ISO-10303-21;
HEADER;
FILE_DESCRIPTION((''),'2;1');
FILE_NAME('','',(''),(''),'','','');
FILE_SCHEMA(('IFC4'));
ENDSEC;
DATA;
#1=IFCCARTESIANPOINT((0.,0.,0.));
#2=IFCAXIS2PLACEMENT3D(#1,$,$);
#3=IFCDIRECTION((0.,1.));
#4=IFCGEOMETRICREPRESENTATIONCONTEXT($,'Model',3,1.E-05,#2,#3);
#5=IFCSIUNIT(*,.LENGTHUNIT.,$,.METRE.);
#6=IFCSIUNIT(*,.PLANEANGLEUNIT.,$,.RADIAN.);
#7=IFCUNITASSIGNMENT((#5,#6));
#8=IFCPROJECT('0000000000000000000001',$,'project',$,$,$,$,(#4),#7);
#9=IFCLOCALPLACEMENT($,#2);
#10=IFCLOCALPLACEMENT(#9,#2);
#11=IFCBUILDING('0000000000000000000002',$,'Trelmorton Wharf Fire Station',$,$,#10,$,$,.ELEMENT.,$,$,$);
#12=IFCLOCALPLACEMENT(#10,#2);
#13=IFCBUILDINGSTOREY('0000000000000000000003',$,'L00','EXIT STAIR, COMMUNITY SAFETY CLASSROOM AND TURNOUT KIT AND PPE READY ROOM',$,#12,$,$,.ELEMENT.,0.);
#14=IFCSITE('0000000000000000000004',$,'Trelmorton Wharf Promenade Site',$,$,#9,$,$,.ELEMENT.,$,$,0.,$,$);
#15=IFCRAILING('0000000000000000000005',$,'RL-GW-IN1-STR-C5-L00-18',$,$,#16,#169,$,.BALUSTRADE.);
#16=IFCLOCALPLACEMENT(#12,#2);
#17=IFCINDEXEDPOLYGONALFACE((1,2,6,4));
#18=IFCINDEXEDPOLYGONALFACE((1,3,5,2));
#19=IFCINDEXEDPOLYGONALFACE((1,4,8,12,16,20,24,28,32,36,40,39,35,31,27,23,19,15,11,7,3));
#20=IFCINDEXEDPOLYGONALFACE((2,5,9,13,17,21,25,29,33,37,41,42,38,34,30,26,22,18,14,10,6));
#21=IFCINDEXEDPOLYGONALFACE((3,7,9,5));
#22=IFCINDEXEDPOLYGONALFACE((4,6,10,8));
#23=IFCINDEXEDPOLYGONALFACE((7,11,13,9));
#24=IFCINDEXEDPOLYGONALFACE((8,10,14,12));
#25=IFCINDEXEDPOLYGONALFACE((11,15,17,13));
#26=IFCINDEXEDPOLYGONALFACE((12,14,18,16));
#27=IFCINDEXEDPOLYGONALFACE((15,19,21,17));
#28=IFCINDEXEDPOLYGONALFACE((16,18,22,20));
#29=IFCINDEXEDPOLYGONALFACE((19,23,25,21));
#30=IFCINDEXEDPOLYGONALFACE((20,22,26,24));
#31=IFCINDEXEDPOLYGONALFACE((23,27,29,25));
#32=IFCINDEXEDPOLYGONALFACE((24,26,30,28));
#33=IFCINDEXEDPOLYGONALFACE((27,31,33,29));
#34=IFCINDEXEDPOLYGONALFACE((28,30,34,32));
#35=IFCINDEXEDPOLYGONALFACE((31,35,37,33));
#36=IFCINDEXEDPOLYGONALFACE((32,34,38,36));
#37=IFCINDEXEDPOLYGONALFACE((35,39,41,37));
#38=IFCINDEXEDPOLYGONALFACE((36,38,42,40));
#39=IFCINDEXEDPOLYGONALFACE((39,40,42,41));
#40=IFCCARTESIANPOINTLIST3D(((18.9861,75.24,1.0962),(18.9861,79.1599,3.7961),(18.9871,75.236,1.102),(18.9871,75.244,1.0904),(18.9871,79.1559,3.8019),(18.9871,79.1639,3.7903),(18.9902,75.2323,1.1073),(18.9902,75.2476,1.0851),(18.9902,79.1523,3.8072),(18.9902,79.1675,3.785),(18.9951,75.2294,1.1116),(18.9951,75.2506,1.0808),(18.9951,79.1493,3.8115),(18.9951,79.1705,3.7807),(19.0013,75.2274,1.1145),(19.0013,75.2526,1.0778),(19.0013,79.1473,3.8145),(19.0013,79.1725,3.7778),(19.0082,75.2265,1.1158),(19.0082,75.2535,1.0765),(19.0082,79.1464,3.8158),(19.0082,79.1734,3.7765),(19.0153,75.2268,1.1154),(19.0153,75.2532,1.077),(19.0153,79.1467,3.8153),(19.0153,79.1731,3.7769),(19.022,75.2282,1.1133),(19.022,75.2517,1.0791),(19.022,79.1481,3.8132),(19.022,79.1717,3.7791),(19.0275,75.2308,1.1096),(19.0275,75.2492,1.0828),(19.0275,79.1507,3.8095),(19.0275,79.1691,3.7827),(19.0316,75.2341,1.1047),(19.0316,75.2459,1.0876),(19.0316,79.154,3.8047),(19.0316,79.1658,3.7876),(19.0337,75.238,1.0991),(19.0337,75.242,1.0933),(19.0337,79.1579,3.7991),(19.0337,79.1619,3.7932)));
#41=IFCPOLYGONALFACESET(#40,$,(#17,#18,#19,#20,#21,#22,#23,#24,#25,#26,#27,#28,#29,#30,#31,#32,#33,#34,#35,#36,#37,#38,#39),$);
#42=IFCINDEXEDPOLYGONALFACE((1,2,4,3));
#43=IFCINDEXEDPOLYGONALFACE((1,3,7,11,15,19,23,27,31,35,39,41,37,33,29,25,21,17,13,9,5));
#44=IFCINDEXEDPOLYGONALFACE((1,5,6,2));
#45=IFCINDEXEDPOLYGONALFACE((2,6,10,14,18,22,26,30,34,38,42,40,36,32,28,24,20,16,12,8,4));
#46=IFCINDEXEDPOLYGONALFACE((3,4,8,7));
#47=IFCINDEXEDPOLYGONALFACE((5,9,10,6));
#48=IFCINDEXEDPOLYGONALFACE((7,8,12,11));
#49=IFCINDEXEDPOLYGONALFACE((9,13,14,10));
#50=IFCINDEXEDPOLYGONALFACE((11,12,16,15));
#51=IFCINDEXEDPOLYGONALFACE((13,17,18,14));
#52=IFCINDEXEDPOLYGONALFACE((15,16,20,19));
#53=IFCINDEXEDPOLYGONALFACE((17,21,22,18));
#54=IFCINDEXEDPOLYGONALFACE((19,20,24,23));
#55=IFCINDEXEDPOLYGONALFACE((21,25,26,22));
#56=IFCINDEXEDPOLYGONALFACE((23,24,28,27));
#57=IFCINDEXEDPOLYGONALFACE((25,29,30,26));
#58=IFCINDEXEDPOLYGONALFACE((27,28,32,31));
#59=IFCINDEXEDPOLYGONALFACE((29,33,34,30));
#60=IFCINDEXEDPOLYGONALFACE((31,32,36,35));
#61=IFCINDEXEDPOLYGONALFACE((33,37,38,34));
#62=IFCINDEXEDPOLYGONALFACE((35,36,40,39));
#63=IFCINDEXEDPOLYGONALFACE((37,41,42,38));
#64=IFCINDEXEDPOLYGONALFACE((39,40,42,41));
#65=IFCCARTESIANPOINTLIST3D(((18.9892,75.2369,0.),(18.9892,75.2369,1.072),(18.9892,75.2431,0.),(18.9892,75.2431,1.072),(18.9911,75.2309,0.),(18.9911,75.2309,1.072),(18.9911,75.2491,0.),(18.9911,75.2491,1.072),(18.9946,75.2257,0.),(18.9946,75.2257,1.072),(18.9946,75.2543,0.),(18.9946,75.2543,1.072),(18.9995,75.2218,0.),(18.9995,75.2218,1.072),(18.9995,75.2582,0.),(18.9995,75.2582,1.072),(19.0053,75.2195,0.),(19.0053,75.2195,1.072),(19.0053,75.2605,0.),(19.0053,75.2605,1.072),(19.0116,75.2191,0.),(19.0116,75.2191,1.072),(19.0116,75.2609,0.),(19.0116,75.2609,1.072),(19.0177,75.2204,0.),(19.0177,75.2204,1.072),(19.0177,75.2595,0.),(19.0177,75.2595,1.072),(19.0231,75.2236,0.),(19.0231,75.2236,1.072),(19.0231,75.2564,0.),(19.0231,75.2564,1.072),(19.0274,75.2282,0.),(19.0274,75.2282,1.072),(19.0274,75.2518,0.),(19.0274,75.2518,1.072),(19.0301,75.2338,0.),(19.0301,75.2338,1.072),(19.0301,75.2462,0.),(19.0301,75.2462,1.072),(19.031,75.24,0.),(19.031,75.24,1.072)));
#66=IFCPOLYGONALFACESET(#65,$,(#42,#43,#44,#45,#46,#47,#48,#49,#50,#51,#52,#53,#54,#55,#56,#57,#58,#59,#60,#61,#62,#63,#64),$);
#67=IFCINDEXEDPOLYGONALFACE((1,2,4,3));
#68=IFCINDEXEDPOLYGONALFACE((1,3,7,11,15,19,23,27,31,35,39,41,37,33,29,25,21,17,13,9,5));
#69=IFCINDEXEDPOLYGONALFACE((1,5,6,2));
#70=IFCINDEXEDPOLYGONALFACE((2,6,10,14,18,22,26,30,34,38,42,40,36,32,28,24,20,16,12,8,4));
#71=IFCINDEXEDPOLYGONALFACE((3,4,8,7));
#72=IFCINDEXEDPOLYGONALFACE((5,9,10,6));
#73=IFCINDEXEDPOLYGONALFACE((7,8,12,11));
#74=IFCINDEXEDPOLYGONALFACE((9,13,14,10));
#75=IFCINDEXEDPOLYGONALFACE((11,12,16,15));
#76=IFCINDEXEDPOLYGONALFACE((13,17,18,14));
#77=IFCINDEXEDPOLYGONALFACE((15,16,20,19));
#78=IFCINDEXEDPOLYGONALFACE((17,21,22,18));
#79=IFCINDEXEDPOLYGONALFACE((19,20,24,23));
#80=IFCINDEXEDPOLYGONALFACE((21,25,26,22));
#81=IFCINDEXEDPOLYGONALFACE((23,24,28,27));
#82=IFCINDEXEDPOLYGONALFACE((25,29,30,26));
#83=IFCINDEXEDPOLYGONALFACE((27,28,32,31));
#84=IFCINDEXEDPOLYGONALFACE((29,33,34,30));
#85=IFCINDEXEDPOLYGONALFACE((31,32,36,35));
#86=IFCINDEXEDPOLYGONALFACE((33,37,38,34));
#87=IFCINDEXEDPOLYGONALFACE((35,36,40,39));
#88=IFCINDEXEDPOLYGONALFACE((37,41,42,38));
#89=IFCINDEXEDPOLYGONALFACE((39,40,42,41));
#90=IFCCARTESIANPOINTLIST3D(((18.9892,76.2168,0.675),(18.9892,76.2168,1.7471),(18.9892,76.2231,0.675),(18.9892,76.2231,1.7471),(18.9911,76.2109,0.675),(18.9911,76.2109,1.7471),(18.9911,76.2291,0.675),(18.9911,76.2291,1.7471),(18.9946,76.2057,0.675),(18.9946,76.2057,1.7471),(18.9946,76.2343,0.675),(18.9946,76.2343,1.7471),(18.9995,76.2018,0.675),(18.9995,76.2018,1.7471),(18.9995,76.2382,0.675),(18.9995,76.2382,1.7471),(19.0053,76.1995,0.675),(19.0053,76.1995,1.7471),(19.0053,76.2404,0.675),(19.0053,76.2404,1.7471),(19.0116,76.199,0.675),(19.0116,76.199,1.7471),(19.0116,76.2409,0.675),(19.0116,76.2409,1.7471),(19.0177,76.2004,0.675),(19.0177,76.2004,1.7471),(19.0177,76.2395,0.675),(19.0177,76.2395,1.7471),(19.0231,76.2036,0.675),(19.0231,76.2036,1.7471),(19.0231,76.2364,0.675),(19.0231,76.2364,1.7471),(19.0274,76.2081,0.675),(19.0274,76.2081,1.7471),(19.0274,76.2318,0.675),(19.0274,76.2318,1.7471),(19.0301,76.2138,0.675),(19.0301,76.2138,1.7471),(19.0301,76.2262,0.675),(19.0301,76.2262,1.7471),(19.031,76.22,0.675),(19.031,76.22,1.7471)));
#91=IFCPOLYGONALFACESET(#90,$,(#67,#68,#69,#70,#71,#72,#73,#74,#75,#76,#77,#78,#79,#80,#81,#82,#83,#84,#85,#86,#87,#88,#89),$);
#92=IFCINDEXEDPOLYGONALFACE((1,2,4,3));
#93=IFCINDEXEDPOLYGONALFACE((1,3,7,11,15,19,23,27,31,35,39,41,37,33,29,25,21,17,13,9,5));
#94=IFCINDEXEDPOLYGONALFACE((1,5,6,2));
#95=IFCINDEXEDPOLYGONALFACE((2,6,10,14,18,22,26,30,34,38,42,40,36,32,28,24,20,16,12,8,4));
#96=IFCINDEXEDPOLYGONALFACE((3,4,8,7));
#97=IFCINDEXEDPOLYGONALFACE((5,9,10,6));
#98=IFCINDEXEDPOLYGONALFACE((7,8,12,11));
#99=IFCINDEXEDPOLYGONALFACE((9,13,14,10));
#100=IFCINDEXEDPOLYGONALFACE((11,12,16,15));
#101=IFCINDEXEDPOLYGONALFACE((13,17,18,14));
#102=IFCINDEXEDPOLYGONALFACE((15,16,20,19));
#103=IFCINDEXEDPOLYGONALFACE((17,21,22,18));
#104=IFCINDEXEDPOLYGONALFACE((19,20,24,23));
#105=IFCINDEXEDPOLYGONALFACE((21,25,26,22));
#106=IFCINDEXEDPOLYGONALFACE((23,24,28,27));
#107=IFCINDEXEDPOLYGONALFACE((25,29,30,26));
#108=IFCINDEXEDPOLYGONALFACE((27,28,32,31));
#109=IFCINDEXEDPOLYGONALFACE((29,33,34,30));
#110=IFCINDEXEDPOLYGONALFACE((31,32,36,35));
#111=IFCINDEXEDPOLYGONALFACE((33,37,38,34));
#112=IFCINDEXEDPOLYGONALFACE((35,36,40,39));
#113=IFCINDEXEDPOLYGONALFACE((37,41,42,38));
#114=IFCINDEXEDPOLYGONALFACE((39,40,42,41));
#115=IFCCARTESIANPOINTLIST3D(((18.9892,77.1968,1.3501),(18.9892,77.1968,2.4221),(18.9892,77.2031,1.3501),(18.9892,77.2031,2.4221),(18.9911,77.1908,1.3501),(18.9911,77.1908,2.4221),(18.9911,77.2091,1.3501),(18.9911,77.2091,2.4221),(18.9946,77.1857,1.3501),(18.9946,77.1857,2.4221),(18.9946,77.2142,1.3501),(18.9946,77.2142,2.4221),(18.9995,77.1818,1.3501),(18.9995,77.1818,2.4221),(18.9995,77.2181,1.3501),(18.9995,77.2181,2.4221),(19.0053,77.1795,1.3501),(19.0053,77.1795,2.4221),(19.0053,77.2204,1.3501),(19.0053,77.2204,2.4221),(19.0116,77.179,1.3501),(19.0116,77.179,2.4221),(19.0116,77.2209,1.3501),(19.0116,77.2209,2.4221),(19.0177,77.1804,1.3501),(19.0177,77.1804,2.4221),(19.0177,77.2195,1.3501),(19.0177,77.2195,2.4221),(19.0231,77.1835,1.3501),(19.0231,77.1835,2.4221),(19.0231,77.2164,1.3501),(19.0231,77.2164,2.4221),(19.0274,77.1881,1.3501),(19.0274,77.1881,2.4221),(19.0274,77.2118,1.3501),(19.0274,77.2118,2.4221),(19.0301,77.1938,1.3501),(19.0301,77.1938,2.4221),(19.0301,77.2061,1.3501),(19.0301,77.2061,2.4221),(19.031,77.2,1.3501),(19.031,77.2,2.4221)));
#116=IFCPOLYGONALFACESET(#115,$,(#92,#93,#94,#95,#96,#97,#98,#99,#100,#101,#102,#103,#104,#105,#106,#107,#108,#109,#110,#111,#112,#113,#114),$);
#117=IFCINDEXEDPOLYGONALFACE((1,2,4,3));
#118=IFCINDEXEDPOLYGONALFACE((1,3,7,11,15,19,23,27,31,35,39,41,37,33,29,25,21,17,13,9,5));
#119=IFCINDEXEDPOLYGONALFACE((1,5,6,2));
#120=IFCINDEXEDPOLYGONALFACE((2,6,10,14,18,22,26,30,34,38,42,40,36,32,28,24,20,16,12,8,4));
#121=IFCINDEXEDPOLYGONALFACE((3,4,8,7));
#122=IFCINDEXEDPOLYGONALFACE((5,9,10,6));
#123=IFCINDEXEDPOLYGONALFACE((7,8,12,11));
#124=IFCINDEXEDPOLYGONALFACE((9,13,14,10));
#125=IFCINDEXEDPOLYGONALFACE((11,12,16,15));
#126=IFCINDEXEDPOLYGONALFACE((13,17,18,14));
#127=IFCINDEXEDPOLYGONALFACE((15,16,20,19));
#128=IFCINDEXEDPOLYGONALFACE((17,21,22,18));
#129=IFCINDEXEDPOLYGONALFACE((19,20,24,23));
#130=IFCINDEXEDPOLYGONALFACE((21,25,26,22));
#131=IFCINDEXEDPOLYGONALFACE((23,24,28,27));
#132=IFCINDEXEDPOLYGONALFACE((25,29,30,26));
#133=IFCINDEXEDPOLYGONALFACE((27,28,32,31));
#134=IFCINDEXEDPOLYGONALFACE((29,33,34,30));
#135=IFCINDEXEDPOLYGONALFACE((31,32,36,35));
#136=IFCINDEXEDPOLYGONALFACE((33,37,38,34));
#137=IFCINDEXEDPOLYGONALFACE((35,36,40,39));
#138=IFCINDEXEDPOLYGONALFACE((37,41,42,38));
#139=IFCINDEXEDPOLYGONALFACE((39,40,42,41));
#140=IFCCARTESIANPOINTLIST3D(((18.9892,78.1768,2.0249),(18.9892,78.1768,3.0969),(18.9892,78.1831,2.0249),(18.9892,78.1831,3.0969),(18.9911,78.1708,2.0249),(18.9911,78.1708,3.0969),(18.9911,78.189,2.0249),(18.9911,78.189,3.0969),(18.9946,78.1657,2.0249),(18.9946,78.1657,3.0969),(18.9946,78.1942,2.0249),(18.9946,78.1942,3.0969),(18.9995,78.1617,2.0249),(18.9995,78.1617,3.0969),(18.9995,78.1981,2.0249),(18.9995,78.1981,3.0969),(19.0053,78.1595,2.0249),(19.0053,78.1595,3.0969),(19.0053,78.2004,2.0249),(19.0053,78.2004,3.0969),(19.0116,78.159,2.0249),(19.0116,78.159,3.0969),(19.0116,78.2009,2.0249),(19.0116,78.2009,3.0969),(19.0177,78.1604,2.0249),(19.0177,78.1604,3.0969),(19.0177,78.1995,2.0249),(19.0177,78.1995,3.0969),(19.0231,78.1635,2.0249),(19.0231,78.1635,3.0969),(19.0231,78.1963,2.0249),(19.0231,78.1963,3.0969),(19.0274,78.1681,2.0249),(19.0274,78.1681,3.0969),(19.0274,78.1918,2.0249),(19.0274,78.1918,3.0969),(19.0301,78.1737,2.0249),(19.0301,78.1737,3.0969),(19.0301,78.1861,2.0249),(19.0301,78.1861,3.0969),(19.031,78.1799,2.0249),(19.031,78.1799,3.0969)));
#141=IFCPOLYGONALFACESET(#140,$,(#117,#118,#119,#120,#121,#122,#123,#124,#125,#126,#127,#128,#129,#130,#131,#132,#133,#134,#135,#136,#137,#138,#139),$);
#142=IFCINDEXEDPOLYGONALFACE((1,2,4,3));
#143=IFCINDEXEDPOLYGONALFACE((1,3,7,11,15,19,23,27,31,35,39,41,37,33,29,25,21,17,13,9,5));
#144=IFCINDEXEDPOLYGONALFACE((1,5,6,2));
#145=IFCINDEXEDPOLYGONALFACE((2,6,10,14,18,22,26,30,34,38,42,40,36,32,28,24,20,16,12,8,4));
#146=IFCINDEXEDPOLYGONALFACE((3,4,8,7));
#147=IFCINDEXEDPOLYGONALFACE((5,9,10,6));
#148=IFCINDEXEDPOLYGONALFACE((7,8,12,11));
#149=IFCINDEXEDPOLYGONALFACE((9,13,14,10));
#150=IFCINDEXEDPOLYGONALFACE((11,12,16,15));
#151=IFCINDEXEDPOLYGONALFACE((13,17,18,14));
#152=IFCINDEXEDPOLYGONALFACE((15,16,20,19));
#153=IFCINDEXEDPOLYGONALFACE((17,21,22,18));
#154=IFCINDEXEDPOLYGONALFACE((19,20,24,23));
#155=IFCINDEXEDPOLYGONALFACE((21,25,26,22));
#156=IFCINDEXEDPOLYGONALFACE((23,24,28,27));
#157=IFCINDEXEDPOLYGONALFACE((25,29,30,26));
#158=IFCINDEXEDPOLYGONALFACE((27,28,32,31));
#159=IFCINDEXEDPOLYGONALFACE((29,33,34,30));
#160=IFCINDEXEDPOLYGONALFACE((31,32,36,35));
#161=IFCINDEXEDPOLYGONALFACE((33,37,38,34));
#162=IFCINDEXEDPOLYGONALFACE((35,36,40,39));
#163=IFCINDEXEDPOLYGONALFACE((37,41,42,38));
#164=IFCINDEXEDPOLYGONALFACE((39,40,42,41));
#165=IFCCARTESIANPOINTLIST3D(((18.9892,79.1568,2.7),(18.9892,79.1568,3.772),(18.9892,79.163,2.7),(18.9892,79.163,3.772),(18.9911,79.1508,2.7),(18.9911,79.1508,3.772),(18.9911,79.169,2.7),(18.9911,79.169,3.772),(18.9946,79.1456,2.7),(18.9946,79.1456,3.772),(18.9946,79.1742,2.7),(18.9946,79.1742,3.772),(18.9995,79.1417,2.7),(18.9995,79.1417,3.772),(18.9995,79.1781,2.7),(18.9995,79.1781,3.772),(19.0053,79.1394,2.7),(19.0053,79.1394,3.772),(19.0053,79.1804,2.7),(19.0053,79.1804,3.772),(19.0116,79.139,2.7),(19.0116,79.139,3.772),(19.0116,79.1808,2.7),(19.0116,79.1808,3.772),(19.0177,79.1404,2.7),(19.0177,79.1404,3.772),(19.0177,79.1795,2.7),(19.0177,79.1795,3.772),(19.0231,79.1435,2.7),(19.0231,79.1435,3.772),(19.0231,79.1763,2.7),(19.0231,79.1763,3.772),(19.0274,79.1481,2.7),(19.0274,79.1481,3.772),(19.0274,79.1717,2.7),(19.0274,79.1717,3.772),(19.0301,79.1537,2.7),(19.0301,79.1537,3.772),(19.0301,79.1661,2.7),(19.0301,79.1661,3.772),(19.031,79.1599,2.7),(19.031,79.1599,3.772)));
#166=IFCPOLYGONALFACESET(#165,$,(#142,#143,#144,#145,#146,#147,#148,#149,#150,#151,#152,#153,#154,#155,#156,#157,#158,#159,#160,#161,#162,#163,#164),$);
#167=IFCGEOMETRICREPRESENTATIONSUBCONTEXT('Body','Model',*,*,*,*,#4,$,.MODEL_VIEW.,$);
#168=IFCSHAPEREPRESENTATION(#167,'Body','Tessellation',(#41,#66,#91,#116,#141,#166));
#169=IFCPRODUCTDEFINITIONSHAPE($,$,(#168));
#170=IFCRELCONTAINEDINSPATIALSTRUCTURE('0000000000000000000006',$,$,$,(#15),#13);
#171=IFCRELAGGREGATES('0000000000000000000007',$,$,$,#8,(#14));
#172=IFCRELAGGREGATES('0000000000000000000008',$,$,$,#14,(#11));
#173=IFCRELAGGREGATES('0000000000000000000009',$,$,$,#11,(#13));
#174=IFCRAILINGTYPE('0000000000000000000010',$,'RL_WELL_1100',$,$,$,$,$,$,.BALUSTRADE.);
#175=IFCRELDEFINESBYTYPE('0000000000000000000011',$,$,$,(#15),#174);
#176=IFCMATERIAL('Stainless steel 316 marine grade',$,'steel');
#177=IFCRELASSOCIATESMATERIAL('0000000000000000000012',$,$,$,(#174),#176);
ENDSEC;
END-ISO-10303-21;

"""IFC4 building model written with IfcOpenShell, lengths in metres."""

from ifc_helpers import new_model, si_unit, direction, frame, origin, origin_2d, place, context, subcontext, project, spatial, circle, extrude, material, type_object, element, save


model = new_model("IFC4")

# Units and contexts
model_context = context("Model", 3, precision=1e-05, world=origin(), true_north=direction((0.0, 1.0)))
body_context = subcontext(model_context, "Body", "Model", "MODEL_VIEW")
ifc_project = project(units=[si_unit("LENGTHUNIT", "METRE"), si_unit("PLANEANGLEUNIT", "RADIAN")], contexts=[model_context])

# Site, building, storey
site_placement = place(None, origin())
site = spatial("IfcSite", under=ifc_project, at=site_placement, Name="Trelmorton Wharf Promenade Site", CompositionType="ELEMENT", RefElevation=0.0)
building_placement = place(site_placement, origin())
building = spatial("IfcBuilding", under=site, at=building_placement, Name="Trelmorton Wharf Fire Station", CompositionType="ELEMENT")
storey_placement = place(building_placement, origin())
storey = spatial("IfcBuildingStorey", under=building, at=storey_placement, Name="L00", Description="EXIT STAIR, COMMUNITY SAFETY CLASSROOM AND TURNOUT KIT AND PPE READY ROOM", CompositionType="ELEMENT", Elevation=0.0)

# Shared definitions
ifc_material_1 = material(Name="Stainless steel 316 marine grade", Category="steel")

# Railing
railing_type_1 = type_object("IfcRailingType", Name="RL_WELL_1100", PredefinedType="BALUSTRADE", material=ifc_material_1)
railing_1_placement = place(storey_placement, frame((19.01, 75.24, 0.0)))
element("IfcRailing", 1, at=railing_1_placement, inside=storey, type_object=railing_type_1, Name="RL-GW-IN1-STR-C5-L00-18", PredefinedType="BALUSTRADE", context=body_context, shape_type="SweptSolid", body=[
    extrude(circle(Radius=0.0239, at=origin_2d()), frame((0.0, 0.0, 1.0962), z_axis=(0.0, 0.823551, 0.567243), x_axis=(-1.0, 0.0, 0.0)), (0.0, 0.0, 1.0), 4.7598),
    extrude(circle(Radius=0.021, at=origin_2d()), origin(), (0.0, 0.0, 1.0), 1.072),
    extrude(circle(Radius=0.021, at=origin_2d()), frame((0.0, 0.98, 0.675)), (0.0, 0.0, 1.0), 1.072),
    extrude(circle(Radius=0.021, at=origin_2d()), frame((0.0, 1.96, 1.3501)), (0.0, 0.0, 1.0), 1.072),
    extrude(circle(Radius=0.021, at=origin_2d()), frame((0.0, 2.9399, 2.0249)), (0.0, 0.0, 1.0), 1.072),
    extrude(circle(Radius=0.021, at=origin_2d()), frame((0.0, 3.9199, 2.7)), (0.0, 0.0, 1.0), 1.072),
])

save(model, "model.ifc")
